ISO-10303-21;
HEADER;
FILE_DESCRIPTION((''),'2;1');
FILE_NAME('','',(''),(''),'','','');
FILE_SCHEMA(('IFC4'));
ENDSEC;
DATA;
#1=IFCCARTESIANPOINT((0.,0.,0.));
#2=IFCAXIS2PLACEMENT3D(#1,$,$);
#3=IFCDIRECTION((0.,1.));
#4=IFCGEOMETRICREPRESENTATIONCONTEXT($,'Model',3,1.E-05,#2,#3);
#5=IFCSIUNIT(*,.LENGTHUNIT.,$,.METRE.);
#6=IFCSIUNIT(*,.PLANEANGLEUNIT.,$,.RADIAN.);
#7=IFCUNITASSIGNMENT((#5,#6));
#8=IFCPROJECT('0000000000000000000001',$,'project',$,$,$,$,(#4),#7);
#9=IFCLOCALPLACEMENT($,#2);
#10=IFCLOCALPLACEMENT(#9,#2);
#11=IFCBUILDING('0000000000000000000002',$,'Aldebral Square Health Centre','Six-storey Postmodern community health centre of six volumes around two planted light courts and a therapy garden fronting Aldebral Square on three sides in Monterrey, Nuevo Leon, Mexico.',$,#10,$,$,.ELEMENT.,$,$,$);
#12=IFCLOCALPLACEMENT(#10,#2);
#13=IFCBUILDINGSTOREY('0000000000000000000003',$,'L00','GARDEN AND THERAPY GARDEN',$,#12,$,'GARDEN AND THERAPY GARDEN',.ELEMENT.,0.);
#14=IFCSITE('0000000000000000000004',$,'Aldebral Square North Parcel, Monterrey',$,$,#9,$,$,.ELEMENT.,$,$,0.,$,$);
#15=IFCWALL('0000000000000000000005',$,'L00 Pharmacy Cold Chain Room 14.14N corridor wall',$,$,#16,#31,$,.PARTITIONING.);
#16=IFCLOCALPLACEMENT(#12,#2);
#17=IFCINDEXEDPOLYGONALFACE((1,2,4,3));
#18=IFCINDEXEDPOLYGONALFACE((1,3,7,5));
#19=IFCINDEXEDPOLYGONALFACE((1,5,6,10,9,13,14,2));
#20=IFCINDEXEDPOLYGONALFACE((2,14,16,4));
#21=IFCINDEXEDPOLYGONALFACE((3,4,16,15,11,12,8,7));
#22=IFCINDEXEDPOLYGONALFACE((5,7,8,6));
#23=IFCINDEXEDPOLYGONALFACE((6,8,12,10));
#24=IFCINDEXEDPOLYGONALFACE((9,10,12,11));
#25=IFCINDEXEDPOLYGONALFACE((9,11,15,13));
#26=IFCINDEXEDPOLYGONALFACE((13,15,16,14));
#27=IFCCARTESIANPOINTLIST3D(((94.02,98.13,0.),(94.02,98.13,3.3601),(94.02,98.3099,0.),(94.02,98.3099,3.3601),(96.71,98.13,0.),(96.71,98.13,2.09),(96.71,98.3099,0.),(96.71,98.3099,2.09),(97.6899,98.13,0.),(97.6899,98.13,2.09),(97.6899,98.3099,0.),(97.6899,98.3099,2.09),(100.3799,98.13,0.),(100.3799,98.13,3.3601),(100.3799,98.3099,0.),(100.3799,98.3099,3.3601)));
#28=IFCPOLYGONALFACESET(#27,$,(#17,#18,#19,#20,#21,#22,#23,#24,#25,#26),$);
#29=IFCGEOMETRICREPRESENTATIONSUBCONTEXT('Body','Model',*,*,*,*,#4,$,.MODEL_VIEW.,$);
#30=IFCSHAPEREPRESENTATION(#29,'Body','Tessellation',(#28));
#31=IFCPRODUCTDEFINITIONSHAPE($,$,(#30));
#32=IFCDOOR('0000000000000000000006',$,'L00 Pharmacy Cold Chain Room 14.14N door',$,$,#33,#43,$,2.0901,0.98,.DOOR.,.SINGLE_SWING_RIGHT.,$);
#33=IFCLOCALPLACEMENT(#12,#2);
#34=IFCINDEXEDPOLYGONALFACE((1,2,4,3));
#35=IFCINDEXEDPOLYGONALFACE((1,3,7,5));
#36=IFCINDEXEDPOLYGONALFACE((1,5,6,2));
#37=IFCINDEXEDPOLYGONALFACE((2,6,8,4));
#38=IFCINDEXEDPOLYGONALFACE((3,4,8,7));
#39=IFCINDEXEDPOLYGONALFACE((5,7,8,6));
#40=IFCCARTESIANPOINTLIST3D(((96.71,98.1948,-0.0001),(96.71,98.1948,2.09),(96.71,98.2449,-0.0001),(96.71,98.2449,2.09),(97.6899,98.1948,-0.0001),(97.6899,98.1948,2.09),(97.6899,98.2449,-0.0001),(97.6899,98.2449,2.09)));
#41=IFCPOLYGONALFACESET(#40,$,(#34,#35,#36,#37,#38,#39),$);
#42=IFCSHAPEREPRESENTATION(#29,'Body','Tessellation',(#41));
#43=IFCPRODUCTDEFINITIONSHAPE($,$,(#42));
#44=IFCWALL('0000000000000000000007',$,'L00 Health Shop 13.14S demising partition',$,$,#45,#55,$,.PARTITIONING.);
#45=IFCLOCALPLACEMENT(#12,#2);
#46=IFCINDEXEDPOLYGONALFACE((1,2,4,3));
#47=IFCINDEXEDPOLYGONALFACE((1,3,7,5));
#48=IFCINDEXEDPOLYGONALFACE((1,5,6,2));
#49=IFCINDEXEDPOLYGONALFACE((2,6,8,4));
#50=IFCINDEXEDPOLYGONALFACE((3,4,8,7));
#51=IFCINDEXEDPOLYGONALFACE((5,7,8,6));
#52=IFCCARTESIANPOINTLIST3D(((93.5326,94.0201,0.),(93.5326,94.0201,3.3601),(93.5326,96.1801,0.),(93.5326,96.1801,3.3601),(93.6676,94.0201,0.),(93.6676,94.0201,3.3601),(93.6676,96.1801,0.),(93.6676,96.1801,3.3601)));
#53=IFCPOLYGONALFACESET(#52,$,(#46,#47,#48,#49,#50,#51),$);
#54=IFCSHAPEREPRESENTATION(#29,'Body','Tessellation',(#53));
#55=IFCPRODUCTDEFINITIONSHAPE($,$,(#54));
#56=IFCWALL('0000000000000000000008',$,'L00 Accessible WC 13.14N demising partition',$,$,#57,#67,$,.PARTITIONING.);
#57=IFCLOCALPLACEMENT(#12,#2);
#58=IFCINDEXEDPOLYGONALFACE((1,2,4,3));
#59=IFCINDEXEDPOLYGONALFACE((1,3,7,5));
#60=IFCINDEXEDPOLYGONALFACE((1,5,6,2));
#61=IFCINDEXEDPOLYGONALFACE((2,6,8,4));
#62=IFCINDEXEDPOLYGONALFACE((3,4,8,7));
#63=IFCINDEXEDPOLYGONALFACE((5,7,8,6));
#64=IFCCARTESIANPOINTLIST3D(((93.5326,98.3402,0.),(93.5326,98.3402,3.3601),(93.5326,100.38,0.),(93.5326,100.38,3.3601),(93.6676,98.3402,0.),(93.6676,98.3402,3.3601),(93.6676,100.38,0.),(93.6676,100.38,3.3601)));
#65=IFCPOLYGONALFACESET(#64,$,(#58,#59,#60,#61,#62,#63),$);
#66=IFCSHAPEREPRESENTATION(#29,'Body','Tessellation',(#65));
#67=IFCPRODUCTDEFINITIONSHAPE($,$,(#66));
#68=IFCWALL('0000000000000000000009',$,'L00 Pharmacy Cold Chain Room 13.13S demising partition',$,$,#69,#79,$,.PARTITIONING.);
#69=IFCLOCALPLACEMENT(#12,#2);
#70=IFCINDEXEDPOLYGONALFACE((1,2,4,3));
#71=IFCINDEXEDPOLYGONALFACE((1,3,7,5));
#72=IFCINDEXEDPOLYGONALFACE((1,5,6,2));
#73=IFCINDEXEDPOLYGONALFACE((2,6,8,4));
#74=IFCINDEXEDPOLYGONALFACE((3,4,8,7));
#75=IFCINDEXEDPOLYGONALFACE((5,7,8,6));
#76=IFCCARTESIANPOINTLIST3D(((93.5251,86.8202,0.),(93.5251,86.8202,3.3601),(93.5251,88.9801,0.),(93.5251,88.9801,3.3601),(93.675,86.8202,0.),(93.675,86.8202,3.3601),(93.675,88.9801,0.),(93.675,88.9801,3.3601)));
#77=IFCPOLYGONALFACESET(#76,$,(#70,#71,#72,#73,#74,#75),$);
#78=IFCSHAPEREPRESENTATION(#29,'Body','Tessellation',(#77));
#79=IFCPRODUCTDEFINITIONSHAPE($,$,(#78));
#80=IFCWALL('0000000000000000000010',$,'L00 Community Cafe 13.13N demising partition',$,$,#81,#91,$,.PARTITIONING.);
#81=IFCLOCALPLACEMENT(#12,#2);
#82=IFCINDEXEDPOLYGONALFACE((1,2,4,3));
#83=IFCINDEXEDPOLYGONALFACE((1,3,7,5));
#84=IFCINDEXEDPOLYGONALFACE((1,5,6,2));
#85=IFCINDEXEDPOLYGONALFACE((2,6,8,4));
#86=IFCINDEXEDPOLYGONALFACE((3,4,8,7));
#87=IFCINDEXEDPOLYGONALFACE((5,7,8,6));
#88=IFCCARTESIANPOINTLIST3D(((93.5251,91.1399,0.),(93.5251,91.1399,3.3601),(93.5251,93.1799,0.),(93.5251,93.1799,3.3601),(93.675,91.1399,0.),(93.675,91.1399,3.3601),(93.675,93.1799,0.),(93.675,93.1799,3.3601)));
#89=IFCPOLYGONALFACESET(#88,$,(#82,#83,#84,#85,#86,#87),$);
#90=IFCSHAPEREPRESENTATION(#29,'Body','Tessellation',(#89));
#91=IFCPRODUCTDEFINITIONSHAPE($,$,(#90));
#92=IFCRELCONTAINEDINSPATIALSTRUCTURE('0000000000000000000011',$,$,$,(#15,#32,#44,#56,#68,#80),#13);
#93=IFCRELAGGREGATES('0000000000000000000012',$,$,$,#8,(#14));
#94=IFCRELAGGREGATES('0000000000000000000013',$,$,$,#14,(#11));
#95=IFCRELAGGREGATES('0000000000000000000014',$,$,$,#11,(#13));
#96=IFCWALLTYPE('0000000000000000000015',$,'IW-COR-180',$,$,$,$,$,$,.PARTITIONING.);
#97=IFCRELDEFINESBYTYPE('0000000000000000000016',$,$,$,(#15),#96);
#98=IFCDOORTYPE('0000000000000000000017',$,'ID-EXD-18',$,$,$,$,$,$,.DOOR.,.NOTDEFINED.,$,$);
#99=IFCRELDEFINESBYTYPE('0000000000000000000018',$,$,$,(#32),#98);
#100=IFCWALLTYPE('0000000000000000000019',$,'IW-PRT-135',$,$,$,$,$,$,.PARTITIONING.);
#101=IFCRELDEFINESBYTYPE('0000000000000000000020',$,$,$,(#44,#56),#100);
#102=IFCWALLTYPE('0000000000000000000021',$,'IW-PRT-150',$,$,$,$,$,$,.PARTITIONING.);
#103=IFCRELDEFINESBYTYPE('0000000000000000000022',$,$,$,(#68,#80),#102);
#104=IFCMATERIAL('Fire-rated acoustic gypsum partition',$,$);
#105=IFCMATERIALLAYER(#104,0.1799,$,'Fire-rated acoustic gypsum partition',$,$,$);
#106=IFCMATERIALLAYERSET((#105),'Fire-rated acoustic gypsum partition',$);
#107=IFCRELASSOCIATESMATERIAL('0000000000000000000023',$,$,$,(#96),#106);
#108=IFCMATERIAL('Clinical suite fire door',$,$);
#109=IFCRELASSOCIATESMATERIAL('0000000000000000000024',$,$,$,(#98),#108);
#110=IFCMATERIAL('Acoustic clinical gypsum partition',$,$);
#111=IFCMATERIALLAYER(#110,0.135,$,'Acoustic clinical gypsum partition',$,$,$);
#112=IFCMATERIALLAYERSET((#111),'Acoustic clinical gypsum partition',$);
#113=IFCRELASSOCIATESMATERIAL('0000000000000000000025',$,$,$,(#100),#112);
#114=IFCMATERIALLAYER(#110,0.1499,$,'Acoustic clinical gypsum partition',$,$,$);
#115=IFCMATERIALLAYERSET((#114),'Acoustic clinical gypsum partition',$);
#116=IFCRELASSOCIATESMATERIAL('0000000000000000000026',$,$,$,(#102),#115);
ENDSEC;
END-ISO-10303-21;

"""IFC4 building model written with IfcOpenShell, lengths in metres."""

from ifc_helpers import new_model, si_unit, direction, frame, frame_2d, origin, place, context, subcontext, project, spatial, rectangle, extrude, material, layer, layer_set, type_object, element, fill, save


model = new_model("IFC4")

# Units and contexts
model_context = context("Model", 3, precision=1e-05, world=origin(), true_north=direction((0.0, 1.0)))
body_context = subcontext(model_context, "Body", "Model", "MODEL_VIEW")
ifc_project = project(units=[si_unit("LENGTHUNIT", "METRE"), si_unit("PLANEANGLEUNIT", "RADIAN")], contexts=[model_context])

# Site, building, storey
site_placement = place(None, origin())
site = spatial("IfcSite", under=ifc_project, at=site_placement, Name="Aldebral Square North Parcel, Monterrey", CompositionType="ELEMENT", RefElevation=0.0)
building_placement = place(site_placement, origin())
building = spatial("IfcBuilding", under=site, at=building_placement, Name="Aldebral Square Health Centre", Description="Six-storey Postmodern community health centre of six volumes around two planted light courts and a therapy garden fronting Aldebral Square on three sides in Monterrey, Nuevo Leon, Mexico.", CompositionType="ELEMENT")
storey_placement = place(building_placement, origin())
storey = spatial("IfcBuildingStorey", under=building, at=storey_placement, Name="L00", Description="GARDEN AND THERAPY GARDEN", LongName="GARDEN AND THERAPY GARDEN", CompositionType="ELEMENT", Elevation=0.0)

# Wall, opening, door
ifc_material_1 = material(Name="Clinical suite fire door")
ifc_material_2 = material(Name="Fire-rated acoustic gypsum partition")
ifc_layer_1 = layer(ifc_material_2, 0.1799, Name="Fire-rated acoustic gypsum partition")
ifc_layer_set_1 = layer_set([ifc_layer_1], Name="Fire-rated acoustic gypsum partition")
wall_type_1 = type_object("IfcWallType", Name="IW-COR-180", PredefinedType="PARTITIONING", material=ifc_layer_set_1)
wall_1_placement = place(storey_placement, frame((94.02, 98.22, 0.0), z_axis=(0.0, 0.0, 1.0), x_axis=(1.0, 0.0, 0.0)))
wall_1 = element("IfcWall", 1, at=wall_1_placement, inside=storey, type_object=wall_type_1, Name="L00 Pharmacy Cold Chain Room 14.14N corridor wall", PredefinedType="PARTITIONING", context=body_context, shape_type="SweptSolid", body=[
    extrude(rectangle(XDim=6.3599, YDim=0.1799, at=frame_2d((3.1799, 0.0))), origin(), (0.0, 0.0, 1.0), 3.3601),
])
opening_1_placement = place(wall_1_placement, frame((2.6899, 0.0, 0.0)))
opening_1 = element("IfcOpeningElement", 2, at=opening_1_placement, cuts=wall_1, PredefinedType="OPENING", context=body_context, shape_type="SweptSolid", body=[
    extrude(rectangle(XDim=0.98, YDim=2.0901, at=frame_2d((0.49, 1.0449))), frame((0.0, 0.1001, 0.0), z_axis=(0.0, -1.0, 0.0), x_axis=(1.0, 0.0, 0.0)), (0.0, 0.0, 1.0), 0.2),
])
door_type_1 = type_object("IfcDoorType", Name="ID-EXD-18", OperationType="NOTDEFINED", PredefinedType="DOOR", material=ifc_material_1)
door_1_placement = place(opening_1_placement, origin())
door_1 = element("IfcDoor", 3, at=door_1_placement, inside=storey, type_object=door_type_1, Name="L00 Pharmacy Cold Chain Room 14.14N door", OperationType="SINGLE_SWING_RIGHT", OverallHeight=2.0901, OverallWidth=0.98, PredefinedType="DOOR", context=body_context, shape_type="SweptSolid", body=[
    extrude(rectangle(XDim=0.98, YDim=2.0901, at=frame_2d((0.49, 1.0449))), frame((0.0, 0.0249, 0.0), z_axis=(0.0, -1.0, 0.0), x_axis=(1.0, 0.0, 0.0)), (0.0, 0.0, 1.0), 0.05),
])
fill(opening_1, door_1)

# Walls
ifc_material_3 = material(Name="Acoustic clinical gypsum partition")
ifc_layer_2 = layer(ifc_material_3, 0.135, Name="Acoustic clinical gypsum partition")
ifc_layer_set_2 = layer_set([ifc_layer_2], Name="Acoustic clinical gypsum partition")
wall_type_2 = type_object("IfcWallType", Name="IW-PRT-135", PredefinedType="PARTITIONING", material=ifc_layer_set_2)
wall_2_placement = place(storey_placement, frame((93.6001, 94.02, 0.0), z_axis=(0.0, 0.0, 1.0), x_axis=(0.0, 1.0, 0.0)))
element("IfcWall", 4, at=wall_2_placement, inside=storey, type_object=wall_type_2, Name="L00 Health Shop 13.14S demising partition", PredefinedType="PARTITIONING", context=body_context, shape_type="SweptSolid", body=[
    extrude(rectangle(XDim=2.1599, YDim=0.135, at=frame_2d((1.0801, 0.0))), origin(), (0.0, 0.0, 1.0), 3.3601),
])
wall_3_placement = place(storey_placement, frame((93.6001, 98.3401, 0.0), z_axis=(0.0, 0.0, 1.0), x_axis=(0.0, 1.0, 0.0)))
element("IfcWall", 5, at=wall_3_placement, inside=storey, type_object=wall_type_2, Name="L00 Accessible WC 13.14N demising partition", PredefinedType="PARTITIONING", context=body_context, shape_type="SweptSolid", body=[
    extrude(rectangle(XDim=2.0398, YDim=0.135, at=frame_2d((1.02, 0.0))), origin(), (0.0, 0.0, 1.0), 3.3601),
])
ifc_layer_3 = layer(ifc_material_3, 0.1499, Name="Acoustic clinical gypsum partition")
ifc_layer_set_3 = layer_set([ifc_layer_3], Name="Acoustic clinical gypsum partition")
wall_type_3 = type_object("IfcWallType", Name="IW-PRT-150", PredefinedType="PARTITIONING", material=ifc_layer_set_3)
wall_4_placement = place(storey_placement, frame((93.6001, 86.8201, 0.0), z_axis=(0.0, 0.0, 1.0), x_axis=(0.0, 1.0, 0.0)))
element("IfcWall", 6, at=wall_4_placement, inside=storey, type_object=wall_type_3, Name="L00 Pharmacy Cold Chain Room 13.13S demising partition", PredefinedType="PARTITIONING", context=body_context, shape_type="SweptSolid", body=[
    extrude(rectangle(XDim=2.1599, YDim=0.1499, at=frame_2d((1.0801, 0.0))), origin(), (0.0, 0.0, 1.0), 3.3601),
])
wall_5_placement = place(storey_placement, frame((93.6001, 91.1399, 0.0), z_axis=(0.0, 0.0, 1.0), x_axis=(0.0, 1.0, 0.0)))
element("IfcWall", 7, at=wall_5_placement, inside=storey, type_object=wall_type_3, Name="L00 Community Cafe 13.13N demising partition", PredefinedType="PARTITIONING", context=body_context, shape_type="SweptSolid", body=[
    extrude(rectangle(XDim=2.04, YDim=0.1499, at=frame_2d((1.02, 0.0))), origin(), (0.0, 0.0, 1.0), 3.3601),
])

save(model, "model.ifc")
